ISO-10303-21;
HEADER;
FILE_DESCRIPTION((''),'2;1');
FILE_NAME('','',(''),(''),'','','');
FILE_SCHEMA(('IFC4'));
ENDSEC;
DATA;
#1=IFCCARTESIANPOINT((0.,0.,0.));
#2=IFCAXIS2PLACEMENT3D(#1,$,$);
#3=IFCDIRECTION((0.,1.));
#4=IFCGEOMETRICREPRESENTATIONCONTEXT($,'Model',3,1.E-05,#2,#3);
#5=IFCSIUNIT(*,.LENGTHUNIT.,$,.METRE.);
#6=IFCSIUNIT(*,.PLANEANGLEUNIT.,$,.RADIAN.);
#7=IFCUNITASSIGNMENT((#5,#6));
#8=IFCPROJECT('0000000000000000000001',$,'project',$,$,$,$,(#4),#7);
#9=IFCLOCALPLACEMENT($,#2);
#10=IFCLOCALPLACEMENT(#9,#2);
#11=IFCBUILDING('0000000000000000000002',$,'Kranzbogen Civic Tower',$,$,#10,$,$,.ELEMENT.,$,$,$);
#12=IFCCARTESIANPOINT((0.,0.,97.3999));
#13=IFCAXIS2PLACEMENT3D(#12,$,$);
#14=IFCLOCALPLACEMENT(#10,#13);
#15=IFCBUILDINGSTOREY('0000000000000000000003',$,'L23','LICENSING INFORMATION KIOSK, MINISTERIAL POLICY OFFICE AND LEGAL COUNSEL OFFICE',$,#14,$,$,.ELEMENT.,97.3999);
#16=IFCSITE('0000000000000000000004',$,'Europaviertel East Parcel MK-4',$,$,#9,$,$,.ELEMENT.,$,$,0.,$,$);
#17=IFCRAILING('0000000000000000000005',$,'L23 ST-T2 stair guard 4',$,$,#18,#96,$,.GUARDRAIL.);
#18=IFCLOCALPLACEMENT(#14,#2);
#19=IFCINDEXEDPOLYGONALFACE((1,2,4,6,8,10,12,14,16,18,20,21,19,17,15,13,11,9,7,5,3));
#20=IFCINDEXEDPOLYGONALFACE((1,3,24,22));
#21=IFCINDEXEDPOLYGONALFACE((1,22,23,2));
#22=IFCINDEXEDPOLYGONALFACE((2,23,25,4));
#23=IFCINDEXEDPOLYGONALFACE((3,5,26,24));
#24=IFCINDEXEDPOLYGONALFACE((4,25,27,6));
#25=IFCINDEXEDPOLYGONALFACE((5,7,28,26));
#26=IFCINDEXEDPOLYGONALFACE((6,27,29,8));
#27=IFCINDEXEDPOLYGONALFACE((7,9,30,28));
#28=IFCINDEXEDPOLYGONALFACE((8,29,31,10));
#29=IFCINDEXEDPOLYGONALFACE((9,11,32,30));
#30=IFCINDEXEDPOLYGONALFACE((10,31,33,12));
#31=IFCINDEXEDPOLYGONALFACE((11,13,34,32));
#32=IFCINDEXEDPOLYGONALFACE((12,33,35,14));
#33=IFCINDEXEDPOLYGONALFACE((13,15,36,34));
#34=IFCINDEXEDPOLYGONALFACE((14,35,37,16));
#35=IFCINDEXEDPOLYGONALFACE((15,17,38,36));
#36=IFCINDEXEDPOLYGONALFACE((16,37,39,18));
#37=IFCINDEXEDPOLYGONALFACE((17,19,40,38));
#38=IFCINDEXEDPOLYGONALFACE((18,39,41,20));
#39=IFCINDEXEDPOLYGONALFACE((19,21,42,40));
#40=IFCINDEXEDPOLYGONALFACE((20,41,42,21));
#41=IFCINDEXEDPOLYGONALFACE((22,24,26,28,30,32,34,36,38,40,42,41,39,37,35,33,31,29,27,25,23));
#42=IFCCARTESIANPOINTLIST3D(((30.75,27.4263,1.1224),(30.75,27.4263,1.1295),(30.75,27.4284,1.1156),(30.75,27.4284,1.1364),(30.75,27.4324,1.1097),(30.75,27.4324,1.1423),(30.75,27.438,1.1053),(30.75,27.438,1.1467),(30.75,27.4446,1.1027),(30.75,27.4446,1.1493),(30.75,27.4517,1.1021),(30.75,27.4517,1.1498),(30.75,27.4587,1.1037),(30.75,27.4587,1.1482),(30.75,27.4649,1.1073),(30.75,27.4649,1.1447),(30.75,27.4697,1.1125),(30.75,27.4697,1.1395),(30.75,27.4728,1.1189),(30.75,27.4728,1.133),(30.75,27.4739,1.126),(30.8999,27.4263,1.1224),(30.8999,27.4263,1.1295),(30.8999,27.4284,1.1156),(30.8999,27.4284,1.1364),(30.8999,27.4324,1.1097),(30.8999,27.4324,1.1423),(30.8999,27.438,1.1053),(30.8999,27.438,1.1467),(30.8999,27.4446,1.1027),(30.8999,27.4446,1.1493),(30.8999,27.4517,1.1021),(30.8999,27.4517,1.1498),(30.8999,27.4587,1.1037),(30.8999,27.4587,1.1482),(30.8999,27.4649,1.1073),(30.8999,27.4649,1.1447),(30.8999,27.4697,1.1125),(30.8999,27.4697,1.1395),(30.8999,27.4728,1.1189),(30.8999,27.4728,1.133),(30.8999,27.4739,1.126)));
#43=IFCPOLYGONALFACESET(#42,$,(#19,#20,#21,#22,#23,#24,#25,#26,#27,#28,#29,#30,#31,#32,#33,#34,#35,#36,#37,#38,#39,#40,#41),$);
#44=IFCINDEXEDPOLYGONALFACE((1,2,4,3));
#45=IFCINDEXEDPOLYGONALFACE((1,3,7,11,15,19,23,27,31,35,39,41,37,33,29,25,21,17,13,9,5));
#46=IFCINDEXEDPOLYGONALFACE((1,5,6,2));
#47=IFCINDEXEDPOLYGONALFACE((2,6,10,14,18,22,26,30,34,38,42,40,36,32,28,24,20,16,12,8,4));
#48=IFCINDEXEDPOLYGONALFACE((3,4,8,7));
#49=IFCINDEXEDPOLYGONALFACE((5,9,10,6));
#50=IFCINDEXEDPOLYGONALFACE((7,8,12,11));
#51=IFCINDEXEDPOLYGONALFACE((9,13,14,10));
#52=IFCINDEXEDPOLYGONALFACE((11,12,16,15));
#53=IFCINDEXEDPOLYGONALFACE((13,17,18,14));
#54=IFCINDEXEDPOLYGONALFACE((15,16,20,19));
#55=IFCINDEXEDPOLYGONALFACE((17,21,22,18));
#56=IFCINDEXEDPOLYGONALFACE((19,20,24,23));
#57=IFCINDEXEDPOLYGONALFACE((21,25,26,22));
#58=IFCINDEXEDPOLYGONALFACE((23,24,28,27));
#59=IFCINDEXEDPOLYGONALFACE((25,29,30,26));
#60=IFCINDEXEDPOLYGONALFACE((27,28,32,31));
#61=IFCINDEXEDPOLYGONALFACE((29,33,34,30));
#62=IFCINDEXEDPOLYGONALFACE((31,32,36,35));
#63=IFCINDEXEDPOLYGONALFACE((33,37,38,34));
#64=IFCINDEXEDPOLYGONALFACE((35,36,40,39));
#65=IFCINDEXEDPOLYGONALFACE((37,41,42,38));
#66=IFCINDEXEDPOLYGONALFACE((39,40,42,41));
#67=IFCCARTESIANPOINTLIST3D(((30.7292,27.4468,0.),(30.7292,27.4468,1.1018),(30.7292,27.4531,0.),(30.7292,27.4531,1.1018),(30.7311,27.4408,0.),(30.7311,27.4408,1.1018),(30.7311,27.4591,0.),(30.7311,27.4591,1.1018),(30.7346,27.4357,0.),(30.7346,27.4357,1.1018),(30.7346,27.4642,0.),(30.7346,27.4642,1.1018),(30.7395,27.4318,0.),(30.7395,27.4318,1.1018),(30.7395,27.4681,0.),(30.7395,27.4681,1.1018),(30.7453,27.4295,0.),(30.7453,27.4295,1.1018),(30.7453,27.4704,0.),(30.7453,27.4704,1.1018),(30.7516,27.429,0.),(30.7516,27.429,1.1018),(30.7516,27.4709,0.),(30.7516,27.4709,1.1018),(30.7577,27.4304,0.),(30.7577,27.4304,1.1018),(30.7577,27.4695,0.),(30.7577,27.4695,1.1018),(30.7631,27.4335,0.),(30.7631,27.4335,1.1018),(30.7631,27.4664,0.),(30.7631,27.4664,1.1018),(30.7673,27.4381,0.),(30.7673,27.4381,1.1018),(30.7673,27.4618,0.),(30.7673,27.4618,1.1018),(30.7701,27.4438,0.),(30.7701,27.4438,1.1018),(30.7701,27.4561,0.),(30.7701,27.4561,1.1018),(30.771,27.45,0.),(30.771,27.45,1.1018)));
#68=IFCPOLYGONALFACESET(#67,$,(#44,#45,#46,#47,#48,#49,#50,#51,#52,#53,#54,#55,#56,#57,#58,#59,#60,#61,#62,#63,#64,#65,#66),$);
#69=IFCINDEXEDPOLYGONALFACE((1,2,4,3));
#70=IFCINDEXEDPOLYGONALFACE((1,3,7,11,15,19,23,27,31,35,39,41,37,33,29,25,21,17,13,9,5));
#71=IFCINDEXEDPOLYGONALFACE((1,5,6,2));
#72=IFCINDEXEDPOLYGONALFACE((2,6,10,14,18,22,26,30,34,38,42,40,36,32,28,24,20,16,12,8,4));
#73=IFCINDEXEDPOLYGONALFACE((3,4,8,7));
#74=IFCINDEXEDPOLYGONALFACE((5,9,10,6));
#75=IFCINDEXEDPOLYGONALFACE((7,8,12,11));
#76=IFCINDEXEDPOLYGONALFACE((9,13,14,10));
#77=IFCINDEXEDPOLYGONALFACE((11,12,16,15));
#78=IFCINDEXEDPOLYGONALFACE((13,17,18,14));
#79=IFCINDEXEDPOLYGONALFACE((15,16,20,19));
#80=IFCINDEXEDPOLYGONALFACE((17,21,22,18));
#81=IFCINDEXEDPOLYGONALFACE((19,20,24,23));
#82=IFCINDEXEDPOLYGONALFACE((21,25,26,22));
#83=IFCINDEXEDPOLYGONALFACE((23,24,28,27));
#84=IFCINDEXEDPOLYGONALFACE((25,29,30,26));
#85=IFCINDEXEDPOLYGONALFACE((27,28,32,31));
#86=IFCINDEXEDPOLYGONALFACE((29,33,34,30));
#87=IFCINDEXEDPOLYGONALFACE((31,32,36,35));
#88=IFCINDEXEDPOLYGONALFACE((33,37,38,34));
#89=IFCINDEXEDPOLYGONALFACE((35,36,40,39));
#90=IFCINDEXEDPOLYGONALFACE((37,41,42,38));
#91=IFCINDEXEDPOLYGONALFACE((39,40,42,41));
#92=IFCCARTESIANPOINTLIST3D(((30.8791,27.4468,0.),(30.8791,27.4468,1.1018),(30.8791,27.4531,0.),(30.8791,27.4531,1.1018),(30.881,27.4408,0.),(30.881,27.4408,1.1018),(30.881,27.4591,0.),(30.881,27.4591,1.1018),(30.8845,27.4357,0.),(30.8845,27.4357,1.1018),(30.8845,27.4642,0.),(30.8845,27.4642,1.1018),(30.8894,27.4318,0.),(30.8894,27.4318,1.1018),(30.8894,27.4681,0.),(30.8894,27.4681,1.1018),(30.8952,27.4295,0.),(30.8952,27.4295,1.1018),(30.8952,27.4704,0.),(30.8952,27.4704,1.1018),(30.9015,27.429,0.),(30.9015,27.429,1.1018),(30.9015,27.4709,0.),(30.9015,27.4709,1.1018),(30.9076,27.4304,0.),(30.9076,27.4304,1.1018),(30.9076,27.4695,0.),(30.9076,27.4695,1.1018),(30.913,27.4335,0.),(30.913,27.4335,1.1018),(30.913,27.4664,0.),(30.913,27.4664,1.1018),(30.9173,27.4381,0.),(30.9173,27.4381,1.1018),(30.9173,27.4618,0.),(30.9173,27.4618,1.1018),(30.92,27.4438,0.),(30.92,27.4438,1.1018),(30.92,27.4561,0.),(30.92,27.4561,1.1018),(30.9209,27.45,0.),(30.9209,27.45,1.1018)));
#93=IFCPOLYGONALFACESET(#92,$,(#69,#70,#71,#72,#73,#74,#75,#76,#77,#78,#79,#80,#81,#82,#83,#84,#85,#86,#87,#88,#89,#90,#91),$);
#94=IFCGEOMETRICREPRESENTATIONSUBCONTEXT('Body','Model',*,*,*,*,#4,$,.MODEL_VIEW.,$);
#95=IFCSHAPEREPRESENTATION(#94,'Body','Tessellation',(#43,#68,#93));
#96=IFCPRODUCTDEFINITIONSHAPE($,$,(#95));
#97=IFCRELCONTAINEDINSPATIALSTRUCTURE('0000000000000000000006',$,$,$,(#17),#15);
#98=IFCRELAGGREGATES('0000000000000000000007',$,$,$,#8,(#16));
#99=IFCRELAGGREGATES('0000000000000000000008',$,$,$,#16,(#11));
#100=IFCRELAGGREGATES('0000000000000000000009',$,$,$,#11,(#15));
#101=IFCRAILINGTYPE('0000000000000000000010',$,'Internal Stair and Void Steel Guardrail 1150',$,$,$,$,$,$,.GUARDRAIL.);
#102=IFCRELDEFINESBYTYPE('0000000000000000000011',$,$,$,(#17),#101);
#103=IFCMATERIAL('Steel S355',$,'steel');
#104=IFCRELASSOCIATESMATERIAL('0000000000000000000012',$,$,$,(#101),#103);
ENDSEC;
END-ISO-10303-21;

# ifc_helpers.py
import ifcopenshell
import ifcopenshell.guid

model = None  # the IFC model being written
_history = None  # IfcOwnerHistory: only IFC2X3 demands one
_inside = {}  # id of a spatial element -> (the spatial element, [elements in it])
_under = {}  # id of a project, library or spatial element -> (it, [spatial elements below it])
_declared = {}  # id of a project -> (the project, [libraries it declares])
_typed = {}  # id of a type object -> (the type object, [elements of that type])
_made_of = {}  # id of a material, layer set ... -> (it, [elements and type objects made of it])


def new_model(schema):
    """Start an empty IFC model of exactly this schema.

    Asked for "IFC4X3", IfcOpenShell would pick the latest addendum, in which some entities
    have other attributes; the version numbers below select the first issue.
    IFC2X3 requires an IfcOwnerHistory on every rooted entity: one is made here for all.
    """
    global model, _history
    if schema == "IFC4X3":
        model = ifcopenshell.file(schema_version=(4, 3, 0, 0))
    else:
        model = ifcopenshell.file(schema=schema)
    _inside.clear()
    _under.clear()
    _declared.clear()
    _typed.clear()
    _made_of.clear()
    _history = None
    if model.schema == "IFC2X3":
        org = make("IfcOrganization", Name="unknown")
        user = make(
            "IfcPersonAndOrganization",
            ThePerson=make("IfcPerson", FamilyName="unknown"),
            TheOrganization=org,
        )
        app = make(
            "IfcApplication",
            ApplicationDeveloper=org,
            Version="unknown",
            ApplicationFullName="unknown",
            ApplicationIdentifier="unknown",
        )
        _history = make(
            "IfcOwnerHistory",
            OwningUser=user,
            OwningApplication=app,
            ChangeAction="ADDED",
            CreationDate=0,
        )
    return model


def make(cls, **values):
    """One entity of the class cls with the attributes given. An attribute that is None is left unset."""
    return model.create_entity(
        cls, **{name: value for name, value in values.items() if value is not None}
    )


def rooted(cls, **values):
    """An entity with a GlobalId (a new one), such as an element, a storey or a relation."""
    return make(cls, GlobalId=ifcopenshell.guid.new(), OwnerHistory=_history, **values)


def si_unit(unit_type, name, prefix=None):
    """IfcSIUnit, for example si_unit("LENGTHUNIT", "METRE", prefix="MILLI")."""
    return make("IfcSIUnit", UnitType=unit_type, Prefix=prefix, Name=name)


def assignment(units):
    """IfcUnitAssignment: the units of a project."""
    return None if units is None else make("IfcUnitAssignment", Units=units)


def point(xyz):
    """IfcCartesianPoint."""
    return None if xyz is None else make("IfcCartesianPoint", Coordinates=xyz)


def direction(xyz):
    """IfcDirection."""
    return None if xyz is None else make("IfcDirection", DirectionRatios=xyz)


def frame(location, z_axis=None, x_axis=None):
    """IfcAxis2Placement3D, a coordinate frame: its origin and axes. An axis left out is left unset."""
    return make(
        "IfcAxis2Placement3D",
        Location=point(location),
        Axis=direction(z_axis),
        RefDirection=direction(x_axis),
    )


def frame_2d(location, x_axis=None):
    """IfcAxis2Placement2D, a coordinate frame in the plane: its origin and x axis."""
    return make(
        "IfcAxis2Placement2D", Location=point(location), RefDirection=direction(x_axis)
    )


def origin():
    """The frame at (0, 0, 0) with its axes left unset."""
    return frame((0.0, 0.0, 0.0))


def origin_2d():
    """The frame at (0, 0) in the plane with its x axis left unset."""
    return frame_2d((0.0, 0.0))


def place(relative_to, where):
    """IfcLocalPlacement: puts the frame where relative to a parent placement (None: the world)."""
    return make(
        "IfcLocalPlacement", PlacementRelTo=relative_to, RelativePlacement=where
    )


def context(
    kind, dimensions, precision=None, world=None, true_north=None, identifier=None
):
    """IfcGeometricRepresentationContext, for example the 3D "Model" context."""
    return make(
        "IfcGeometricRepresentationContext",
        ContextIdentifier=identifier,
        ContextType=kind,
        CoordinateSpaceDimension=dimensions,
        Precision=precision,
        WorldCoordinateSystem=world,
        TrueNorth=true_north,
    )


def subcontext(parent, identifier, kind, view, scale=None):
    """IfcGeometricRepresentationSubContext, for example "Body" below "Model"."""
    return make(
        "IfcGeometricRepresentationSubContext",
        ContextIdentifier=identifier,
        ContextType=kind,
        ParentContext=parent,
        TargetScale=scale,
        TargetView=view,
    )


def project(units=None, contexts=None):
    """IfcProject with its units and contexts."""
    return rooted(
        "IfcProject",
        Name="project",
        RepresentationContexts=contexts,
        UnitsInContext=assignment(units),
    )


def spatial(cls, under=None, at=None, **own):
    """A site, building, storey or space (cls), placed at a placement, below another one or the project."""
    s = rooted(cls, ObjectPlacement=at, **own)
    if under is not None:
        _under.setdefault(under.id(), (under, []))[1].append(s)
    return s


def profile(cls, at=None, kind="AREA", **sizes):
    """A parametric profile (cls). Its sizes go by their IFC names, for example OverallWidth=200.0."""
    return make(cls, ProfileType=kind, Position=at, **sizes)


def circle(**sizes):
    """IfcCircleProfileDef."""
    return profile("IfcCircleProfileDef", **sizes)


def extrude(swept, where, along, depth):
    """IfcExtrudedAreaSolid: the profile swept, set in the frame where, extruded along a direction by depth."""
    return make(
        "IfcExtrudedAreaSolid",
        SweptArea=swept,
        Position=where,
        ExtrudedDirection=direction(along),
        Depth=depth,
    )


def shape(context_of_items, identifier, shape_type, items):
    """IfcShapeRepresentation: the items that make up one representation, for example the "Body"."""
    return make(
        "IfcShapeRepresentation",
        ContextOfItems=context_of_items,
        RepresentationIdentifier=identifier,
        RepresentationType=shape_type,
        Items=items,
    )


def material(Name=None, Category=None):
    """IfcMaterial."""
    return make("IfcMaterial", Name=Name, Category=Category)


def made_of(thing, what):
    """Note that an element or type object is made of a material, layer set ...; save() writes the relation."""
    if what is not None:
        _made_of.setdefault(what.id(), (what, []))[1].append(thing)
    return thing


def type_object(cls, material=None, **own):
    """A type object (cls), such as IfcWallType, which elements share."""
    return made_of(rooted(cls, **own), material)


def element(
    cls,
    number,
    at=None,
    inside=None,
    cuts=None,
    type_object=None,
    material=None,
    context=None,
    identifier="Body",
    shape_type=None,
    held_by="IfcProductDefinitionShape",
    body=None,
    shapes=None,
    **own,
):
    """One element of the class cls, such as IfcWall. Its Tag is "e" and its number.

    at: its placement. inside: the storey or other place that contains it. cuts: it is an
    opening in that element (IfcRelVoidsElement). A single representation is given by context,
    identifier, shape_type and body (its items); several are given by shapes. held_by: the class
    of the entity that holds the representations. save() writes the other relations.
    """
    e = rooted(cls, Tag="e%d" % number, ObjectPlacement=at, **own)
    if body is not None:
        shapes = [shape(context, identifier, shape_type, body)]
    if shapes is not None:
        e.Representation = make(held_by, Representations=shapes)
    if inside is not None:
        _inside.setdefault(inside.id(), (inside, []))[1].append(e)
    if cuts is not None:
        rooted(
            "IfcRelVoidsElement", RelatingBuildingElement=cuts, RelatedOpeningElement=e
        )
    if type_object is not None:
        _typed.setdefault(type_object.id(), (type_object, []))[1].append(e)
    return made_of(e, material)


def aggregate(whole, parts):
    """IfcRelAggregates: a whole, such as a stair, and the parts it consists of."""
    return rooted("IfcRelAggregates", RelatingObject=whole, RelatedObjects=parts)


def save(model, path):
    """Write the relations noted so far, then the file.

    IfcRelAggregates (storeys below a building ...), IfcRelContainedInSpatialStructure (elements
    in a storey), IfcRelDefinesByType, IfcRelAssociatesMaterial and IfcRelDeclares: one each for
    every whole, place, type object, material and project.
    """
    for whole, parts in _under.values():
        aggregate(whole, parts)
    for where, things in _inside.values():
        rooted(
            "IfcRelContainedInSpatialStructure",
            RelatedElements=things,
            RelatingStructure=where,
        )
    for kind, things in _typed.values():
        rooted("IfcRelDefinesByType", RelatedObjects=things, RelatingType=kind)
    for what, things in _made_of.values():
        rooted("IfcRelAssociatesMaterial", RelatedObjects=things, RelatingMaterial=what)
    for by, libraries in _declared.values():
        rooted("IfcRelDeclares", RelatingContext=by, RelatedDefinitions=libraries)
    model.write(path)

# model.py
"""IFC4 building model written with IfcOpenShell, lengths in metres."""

from ifc_helpers import new_model, si_unit, direction, frame, origin, origin_2d, place, context, subcontext, project, spatial, circle, extrude, material, type_object, element, save


model = new_model("IFC4")

# Units and contexts
model_context = context("Model", 3, precision=1e-05, world=origin(), true_north=direction((0.0, 1.0)))
body_context = subcontext(model_context, "Body", "Model", "MODEL_VIEW")
ifc_project = project(units=[si_unit("LENGTHUNIT", "METRE"), si_unit("PLANEANGLEUNIT", "RADIAN")], contexts=[model_context])

# Site, building, storey
site_placement = place(None, origin())
site = spatial("IfcSite", under=ifc_project, at=site_placement, Name="Europaviertel East Parcel MK-4", CompositionType="ELEMENT", RefElevation=0.0)
building_placement = place(site_placement, origin())
building = spatial("IfcBuilding", under=site, at=building_placement, Name="Kranzbogen Civic Tower", CompositionType="ELEMENT")
storey_placement = place(building_placement, frame((0.0, 0.0, 97.3999)))
storey = spatial("IfcBuildingStorey", under=building, at=storey_placement, Name="L23", Description="LICENSING INFORMATION KIOSK, MINISTERIAL POLICY OFFICE AND LEGAL COUNSEL OFFICE", CompositionType="ELEMENT", Elevation=97.3999)

# Shared definitions
ifc_material_1 = material(Name="Steel S355", Category="steel")

# Railing
railing_type_1 = type_object("IfcRailingType", Name="Internal Stair and Void Steel Guardrail 1150", PredefinedType="GUARDRAIL", material=ifc_material_1)
railing_1_placement = place(storey_placement, frame((30.75, 27.45, 0.0)))
element("IfcRailing", 1, at=railing_1_placement, inside=storey, type_object=railing_type_1, Name="L23 ST-T2 stair guard 4", PredefinedType="GUARDRAIL", context=body_context, shape_type="SweptSolid", body=[
    extrude(circle(Radius=0.0239, at=origin_2d()), frame((0.0, 0.0, 1.126), z_axis=(1.0, 0.0, 0.0), x_axis=(0.0, 1.0, 0.0)), (0.0, 0.0, 1.0), 0.1499),
    extrude(circle(Radius=0.021, at=origin_2d()), origin(), (0.0, 0.0, 1.0), 1.1018),
    extrude(circle(Radius=0.021, at=origin_2d()), frame((0.1499, 0.0, 0.0)), (0.0, 0.0, 1.0), 1.1018),
])

save(model, "model.ifc")
